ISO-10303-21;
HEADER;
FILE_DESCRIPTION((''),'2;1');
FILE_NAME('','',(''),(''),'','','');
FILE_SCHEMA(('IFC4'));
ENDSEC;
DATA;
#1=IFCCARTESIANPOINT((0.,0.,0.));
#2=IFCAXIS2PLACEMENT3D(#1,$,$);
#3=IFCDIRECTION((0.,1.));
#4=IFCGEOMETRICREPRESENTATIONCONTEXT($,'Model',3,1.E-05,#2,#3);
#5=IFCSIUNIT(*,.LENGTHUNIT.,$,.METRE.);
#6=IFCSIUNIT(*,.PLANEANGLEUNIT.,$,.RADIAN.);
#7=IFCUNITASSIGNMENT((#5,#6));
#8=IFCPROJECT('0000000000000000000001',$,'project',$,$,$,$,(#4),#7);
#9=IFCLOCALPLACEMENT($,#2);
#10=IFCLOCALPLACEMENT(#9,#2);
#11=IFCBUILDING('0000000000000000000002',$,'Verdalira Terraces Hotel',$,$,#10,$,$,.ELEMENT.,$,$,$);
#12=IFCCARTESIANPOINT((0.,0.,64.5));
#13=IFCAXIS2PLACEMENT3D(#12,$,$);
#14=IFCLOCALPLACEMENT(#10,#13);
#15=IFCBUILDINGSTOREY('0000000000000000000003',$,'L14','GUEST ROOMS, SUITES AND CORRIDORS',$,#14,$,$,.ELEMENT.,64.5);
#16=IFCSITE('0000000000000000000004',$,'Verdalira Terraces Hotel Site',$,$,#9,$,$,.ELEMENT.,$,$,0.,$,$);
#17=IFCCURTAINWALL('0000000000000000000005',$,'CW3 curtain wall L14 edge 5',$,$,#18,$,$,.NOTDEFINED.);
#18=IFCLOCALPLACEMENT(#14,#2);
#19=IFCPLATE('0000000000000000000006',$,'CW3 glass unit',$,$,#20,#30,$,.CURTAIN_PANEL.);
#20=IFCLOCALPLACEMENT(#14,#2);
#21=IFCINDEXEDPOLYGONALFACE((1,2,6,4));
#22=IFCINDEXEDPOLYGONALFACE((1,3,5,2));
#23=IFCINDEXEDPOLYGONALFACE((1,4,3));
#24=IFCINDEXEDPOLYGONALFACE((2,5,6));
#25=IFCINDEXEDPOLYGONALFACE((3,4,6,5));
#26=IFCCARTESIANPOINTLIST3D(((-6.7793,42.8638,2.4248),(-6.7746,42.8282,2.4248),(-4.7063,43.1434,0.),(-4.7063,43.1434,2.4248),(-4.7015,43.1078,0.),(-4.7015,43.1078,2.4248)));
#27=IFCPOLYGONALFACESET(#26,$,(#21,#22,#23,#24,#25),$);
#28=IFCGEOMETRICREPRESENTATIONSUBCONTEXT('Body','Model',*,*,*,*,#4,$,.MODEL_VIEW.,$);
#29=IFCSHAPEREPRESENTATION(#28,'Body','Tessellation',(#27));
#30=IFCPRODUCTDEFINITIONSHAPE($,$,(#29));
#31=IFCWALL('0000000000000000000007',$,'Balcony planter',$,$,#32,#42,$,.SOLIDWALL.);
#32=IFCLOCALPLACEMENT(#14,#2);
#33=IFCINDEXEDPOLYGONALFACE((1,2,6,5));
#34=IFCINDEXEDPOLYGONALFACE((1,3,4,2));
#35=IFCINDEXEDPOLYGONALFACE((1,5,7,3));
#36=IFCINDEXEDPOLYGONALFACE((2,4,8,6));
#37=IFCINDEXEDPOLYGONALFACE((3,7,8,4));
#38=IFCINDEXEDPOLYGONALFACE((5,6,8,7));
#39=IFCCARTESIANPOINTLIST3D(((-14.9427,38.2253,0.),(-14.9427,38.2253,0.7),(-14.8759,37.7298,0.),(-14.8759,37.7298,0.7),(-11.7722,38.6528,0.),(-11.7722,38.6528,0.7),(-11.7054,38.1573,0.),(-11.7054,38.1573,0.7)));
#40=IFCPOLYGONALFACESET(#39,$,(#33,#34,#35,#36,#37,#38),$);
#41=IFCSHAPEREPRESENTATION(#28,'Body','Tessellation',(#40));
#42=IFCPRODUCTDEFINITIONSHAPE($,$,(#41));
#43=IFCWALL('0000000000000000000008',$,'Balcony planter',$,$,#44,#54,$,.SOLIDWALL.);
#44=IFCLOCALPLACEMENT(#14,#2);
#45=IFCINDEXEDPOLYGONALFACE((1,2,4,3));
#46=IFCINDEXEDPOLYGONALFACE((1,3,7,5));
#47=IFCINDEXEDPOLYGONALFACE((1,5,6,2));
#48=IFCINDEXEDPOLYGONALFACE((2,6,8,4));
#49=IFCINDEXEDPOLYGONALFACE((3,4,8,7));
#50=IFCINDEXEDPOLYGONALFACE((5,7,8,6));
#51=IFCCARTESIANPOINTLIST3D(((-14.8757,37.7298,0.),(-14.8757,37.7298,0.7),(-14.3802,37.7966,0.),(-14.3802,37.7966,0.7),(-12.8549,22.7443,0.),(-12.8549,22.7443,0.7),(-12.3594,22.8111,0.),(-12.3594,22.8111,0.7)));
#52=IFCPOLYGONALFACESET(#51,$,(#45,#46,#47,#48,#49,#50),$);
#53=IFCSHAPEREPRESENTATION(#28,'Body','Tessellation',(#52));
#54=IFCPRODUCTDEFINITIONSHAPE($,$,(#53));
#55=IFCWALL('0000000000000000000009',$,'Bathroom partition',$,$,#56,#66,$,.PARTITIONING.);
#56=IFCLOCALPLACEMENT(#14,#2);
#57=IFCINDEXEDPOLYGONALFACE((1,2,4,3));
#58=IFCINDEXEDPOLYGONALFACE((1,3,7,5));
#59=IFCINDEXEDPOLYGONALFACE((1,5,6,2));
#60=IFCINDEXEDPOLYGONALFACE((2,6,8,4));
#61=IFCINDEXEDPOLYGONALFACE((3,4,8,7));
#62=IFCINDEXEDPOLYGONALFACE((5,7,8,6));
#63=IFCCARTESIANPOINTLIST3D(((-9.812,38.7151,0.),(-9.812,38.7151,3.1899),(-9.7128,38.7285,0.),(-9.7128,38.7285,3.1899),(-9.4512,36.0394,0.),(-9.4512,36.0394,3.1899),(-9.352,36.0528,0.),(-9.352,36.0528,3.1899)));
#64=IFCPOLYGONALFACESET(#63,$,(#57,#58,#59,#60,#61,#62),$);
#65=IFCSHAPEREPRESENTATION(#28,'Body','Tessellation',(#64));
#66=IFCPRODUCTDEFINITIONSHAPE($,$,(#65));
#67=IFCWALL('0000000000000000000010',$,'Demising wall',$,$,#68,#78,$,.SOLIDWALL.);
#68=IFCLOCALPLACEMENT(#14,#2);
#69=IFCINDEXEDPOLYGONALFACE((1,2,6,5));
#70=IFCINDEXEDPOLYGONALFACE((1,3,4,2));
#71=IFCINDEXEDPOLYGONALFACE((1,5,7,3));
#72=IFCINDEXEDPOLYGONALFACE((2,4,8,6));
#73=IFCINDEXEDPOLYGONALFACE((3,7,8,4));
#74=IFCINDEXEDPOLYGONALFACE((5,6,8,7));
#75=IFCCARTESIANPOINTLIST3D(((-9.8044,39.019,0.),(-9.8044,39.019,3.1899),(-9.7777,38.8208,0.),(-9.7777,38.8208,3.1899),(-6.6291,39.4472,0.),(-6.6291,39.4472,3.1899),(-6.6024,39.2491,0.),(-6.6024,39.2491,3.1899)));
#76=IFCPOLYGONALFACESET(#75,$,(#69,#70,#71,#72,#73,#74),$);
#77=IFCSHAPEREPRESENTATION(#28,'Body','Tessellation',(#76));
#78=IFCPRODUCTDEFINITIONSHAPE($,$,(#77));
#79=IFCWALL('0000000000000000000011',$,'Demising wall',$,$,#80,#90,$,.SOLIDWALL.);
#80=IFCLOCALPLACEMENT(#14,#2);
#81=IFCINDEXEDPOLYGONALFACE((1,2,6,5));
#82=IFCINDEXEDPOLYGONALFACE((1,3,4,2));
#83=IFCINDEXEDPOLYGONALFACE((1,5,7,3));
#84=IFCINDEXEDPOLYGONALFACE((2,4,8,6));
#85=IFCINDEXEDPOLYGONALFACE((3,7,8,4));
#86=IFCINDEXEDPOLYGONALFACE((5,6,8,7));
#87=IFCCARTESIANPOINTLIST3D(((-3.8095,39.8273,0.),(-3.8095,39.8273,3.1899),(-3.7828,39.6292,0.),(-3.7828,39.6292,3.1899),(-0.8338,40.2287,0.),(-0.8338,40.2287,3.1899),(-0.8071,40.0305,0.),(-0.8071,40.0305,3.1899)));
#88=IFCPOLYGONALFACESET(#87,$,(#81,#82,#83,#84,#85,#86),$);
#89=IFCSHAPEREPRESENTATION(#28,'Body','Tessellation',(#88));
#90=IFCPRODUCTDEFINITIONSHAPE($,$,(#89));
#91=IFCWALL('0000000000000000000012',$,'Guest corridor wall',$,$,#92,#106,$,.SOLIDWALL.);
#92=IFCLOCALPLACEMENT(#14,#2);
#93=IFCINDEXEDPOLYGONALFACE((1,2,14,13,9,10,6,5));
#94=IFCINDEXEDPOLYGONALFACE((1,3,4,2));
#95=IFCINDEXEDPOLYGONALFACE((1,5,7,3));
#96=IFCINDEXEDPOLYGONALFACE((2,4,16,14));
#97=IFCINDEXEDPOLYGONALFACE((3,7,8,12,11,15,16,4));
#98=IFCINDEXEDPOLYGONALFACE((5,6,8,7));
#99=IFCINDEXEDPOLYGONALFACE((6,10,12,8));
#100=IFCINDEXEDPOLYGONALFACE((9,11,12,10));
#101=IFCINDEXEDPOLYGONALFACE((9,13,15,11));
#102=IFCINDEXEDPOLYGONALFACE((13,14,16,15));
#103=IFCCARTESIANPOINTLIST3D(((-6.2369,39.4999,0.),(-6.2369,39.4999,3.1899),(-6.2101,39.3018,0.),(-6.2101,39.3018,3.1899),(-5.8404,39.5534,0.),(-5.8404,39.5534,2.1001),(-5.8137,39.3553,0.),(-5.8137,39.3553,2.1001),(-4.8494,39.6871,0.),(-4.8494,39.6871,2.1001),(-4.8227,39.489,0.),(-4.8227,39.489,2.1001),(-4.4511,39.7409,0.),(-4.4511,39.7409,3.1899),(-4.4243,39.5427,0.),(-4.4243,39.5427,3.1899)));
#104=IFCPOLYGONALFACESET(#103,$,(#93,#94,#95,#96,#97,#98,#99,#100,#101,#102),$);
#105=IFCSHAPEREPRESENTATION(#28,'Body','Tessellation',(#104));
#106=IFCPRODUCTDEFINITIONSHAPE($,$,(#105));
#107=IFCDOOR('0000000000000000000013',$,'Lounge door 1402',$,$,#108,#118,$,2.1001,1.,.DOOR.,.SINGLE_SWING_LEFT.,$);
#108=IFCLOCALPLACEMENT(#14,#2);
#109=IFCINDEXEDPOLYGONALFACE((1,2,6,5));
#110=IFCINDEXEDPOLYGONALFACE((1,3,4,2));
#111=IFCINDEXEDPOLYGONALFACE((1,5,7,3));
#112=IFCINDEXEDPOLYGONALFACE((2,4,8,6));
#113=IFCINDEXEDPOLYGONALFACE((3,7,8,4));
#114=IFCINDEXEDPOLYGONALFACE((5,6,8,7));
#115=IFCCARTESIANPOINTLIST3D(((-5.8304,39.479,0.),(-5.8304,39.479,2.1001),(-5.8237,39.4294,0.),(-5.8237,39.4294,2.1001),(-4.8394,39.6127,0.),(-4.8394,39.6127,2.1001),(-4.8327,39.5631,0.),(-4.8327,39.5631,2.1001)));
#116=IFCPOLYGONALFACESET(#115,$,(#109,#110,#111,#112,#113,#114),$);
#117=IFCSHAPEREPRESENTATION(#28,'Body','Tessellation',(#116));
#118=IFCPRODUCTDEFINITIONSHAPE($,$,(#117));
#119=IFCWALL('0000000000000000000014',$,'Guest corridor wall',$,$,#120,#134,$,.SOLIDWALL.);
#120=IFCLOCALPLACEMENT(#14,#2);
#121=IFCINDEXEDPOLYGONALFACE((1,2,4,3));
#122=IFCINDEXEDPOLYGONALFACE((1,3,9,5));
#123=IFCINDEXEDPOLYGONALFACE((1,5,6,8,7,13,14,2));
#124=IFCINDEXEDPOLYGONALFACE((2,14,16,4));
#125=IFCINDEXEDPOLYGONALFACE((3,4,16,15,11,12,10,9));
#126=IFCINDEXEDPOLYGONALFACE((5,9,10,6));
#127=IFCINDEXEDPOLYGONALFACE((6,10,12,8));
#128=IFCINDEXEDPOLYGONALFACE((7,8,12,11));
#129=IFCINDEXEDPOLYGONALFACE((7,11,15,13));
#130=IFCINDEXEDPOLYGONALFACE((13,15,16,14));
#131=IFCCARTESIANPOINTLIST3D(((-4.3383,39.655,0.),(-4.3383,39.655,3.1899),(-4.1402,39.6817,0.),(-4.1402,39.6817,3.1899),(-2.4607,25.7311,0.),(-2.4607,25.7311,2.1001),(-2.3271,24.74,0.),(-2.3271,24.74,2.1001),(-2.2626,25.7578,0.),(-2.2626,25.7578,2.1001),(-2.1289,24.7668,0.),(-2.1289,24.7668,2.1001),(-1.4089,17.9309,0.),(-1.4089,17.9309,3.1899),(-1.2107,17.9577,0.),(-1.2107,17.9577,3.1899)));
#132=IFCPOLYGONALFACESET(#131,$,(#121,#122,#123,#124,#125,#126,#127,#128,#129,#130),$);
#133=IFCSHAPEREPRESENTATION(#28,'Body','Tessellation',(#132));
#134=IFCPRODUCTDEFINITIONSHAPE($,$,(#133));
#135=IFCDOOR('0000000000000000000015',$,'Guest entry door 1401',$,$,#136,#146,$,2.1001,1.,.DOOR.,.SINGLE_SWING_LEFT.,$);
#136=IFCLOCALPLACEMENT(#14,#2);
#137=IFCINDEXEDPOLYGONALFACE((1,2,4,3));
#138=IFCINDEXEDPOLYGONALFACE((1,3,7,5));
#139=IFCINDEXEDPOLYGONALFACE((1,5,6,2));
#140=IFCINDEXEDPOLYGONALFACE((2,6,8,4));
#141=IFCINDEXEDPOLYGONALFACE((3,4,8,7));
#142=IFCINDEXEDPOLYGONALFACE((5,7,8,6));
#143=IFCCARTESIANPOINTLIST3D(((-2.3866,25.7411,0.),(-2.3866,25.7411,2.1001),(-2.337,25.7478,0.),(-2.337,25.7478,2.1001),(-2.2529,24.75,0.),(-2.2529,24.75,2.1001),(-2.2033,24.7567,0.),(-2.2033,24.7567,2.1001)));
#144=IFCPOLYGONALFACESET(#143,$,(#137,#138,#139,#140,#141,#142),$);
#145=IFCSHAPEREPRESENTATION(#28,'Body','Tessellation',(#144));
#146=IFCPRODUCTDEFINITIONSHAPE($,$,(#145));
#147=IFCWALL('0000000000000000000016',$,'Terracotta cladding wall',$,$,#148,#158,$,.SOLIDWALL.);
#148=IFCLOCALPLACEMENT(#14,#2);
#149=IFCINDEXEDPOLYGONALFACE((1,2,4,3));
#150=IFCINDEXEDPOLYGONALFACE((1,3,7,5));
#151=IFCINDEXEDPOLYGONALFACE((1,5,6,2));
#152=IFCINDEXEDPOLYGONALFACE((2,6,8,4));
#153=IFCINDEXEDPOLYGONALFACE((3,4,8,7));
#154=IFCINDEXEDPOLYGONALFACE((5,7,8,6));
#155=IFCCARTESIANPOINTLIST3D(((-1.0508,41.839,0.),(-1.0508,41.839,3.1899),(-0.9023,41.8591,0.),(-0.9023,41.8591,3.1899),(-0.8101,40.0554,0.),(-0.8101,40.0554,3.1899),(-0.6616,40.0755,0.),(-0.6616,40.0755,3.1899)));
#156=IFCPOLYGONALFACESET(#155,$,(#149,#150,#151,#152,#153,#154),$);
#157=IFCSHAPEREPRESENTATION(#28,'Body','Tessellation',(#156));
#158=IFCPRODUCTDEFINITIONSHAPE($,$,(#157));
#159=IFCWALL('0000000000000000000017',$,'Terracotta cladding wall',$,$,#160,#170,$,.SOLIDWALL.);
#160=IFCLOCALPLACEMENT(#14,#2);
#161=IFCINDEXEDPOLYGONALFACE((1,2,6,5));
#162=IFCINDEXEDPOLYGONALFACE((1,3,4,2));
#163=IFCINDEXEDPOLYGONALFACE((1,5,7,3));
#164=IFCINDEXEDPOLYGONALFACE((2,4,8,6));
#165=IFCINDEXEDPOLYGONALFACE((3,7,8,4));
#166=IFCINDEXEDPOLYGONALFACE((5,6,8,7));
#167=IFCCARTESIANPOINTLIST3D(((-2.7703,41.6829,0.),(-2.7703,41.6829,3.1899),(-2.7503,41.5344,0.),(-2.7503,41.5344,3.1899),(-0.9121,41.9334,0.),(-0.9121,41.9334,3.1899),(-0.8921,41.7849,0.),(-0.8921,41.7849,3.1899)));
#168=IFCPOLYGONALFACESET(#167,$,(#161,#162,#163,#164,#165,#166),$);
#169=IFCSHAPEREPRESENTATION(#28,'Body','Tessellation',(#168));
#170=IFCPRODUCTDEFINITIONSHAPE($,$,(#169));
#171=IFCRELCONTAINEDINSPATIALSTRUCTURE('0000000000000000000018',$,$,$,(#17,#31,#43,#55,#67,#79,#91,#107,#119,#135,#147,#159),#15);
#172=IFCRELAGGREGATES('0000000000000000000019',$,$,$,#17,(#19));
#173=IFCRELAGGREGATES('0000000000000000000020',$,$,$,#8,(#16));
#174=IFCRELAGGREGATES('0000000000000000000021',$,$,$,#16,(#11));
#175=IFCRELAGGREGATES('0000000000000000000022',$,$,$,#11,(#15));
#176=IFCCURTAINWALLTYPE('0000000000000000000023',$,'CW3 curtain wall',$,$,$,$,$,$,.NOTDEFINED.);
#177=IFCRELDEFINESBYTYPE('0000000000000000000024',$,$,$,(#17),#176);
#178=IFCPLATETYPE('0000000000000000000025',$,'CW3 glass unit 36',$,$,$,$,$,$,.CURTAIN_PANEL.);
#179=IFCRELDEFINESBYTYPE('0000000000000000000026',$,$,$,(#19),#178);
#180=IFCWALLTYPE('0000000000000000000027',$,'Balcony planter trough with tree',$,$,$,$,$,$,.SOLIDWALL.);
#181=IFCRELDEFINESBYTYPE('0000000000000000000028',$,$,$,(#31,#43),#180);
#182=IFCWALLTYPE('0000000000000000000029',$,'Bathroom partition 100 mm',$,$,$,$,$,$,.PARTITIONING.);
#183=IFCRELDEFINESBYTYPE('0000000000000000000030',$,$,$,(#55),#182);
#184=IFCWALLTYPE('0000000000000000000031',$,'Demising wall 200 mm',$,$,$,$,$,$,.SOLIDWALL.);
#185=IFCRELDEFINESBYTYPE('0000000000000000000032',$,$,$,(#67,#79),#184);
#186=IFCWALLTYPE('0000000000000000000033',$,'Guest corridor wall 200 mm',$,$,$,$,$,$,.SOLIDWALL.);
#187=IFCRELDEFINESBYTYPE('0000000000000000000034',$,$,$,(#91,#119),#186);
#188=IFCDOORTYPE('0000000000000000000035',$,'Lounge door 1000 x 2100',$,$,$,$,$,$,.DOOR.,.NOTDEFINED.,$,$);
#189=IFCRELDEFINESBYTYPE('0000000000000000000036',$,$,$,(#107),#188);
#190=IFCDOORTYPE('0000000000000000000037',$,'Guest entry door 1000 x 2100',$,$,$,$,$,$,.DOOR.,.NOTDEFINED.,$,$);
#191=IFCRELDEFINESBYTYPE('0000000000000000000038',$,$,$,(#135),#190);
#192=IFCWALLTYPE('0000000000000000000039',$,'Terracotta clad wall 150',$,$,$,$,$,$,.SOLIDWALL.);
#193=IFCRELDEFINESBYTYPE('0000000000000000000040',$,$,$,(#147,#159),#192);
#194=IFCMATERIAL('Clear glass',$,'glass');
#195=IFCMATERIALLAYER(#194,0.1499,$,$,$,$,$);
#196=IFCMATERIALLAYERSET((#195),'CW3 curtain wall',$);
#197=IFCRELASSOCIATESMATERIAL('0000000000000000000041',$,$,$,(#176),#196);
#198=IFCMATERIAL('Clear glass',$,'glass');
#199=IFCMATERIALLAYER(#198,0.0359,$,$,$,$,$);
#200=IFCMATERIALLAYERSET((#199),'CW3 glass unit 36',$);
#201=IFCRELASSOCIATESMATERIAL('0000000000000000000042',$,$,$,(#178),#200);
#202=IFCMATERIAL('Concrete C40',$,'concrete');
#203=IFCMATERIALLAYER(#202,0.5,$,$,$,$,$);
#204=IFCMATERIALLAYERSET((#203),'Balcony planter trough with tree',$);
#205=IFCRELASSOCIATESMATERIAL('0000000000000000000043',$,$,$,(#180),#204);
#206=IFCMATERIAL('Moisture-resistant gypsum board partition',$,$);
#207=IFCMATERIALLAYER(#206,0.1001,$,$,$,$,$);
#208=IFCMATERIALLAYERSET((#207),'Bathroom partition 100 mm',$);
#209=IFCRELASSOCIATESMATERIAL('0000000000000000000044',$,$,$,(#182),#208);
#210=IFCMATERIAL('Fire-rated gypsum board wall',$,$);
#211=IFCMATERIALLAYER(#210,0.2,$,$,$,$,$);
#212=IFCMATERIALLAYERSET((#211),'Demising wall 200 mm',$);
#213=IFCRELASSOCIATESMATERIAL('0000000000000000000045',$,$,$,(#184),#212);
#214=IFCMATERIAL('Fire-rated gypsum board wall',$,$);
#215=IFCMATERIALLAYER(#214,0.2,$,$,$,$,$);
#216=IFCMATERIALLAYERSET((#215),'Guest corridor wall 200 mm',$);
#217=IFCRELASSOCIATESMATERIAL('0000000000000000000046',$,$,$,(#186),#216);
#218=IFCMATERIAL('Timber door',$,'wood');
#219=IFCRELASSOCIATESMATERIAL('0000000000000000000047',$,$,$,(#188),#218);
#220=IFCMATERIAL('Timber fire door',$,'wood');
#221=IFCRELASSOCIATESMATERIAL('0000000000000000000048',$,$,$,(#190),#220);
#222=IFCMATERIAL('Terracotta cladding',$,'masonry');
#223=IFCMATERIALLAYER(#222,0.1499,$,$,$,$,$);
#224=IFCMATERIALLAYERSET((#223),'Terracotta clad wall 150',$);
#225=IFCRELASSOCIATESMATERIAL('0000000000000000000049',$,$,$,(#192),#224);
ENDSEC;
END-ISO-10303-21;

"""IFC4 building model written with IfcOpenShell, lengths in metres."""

from ifc_helpers import new_model, si_unit, direction, frame, frame_2d, origin, place, context, subcontext, project, spatial, polyline, rectangle, outline, extrude, material, layer, layer_set, type_object, element, fill, aggregate, save


model = new_model("IFC4")

# Units and contexts
model_context = context("Model", 3, precision=1e-05, world=origin(), true_north=direction((0.0, 1.0)))
body_context = subcontext(model_context, "Body", "Model", "MODEL_VIEW")
ifc_project = project(units=[si_unit("LENGTHUNIT", "METRE"), si_unit("PLANEANGLEUNIT", "RADIAN")], contexts=[model_context])

# Site, building, storey
site_placement = place(None, origin())
site = spatial("IfcSite", under=ifc_project, at=site_placement, Name="Verdalira Terraces Hotel Site", CompositionType="ELEMENT", RefElevation=0.0)
building_placement = place(site_placement, origin())
building = spatial("IfcBuilding", under=site, at=building_placement, Name="Verdalira Terraces Hotel", CompositionType="ELEMENT")
storey_placement = place(building_placement, frame((0.0, 0.0, 64.5)))
storey = spatial("IfcBuildingStorey", under=building, at=storey_placement, Name="L14", Description="GUEST ROOMS, SUITES AND CORRIDORS", CompositionType="ELEMENT", Elevation=64.5)

# Curtain wall
ifc_material_1 = material(Name="Clear glass", Category="glass")
ifc_layer_1 = layer(ifc_material_1, 0.1499)
ifc_layer_set_1 = layer_set([ifc_layer_1], Name="CW3 curtain wall")
curtain_wall_type_1 = type_object("IfcCurtainWallType", Name="CW3 curtain wall", PredefinedType="NOTDEFINED", material=ifc_layer_set_1)
curtain_wall_1_placement = place(storey_placement, origin())
curtain_wall_1 = element("IfcCurtainWall", 1, at=curtain_wall_1_placement, inside=storey, type_object=curtain_wall_type_1, Name="CW3 curtain wall L14 edge 5", PredefinedType="NOTDEFINED")

# Plate
ifc_material_2 = material(Name="Clear glass", Category="glass")
ifc_layer_2 = layer(ifc_material_2, 0.0359)
ifc_layer_set_2 = layer_set([ifc_layer_2], Name="CW3 glass unit 36")
plate_type = type_object("IfcPlateType", Name="CW3 glass unit 36", PredefinedType="CURTAIN_PANEL", material=ifc_layer_set_2)
plate_1_placement = place(storey_placement, frame((-5.738, 42.968, 1.2124), z_axis=(-0.13364, 0.99103, 0.0), x_axis=(-0.99103, -0.13364, 0.0)))
plate_1 = element("IfcPlate", 2, at=plate_1_placement, type_object=plate_type, Name="CW3 glass unit", PredefinedType="CURTAIN_PANEL", context=body_context, shape_type="SweptSolid", body=[
    extrude(outline(polyline([(-1.0459, -1.2124), (1.0459, 1.2124), (-1.0459, 1.2124), (-1.0459, -1.2124)])), origin(), (0.0, 0.0, 1.0), 0.0359),
])
aggregate(curtain_wall_1, [plate_1])

# Walls
ifc_material_3 = material(Name="Concrete C40", Category="concrete")
ifc_layer_3 = layer(ifc_material_3, 0.5)
ifc_layer_set_3 = layer_set([ifc_layer_3], Name="Balcony planter trough with tree")
wall_type_1 = type_object("IfcWallType", Name="Balcony planter trough with tree", PredefinedType="SOLIDWALL", material=ifc_layer_set_3)
wall_1_placement = place(storey_placement, frame((-11.7388, 38.405, 0.0), z_axis=(0.0, 0.0, 1.0), x_axis=(-0.991032, -0.133628, 0.0)))
element("IfcWall", 3, at=wall_1_placement, inside=storey, type_object=wall_type_1, Name="Balcony planter", PredefinedType="SOLIDWALL", context=body_context, shape_type="SweptSolid", body=[
    extrude(rectangle(XDim=3.1992, YDim=0.5, at=frame_2d((1.5996, 0.0))), origin(), (0.0, 0.0, 1.0), 0.7),
])
wall_2_placement = place(storey_placement, frame((-14.6279, 37.7632, 0.0), z_axis=(0.0, 0.0, 1.0), x_axis=(0.133639, -0.99103, 0.0)))
element("IfcWall", 4, at=wall_2_placement, inside=storey, type_object=wall_type_1, Name="Balcony planter", PredefinedType="SOLIDWALL", context=body_context, shape_type="SweptSolid", body=[
    extrude(rectangle(XDim=15.1211, YDim=0.5, at=frame_2d((7.5605, 0.0))), origin(), (0.0, 0.0, 1.0), 0.7),
])
ifc_material_4 = material(Name="Moisture-resistant gypsum board partition")
ifc_layer_4 = layer(ifc_material_4, 0.1001)
ifc_layer_set_4 = layer_set([ifc_layer_4], Name="Bathroom partition 100 mm")
wall_type_2 = type_object("IfcWallType", Name="Bathroom partition 100 mm", PredefinedType="PARTITIONING", material=ifc_layer_set_4)
wall_3_placement = place(storey_placement, frame((-9.7625, 38.7219, 0.0), z_axis=(0.0, 0.0, 1.0), x_axis=(0.133644, -0.991029, 0.0)))
element("IfcWall", 5, at=wall_3_placement, inside=storey, type_object=wall_type_2, Name="Bathroom partition", PredefinedType="PARTITIONING", context=body_context, shape_type="SweptSolid", body=[
    extrude(rectangle(XDim=2.7, YDim=0.1001, at=frame_2d((1.3501, 0.0))), origin(), (0.0, 0.0, 1.0), 3.1899),
])
ifc_material_5 = material(Name="Fire-rated gypsum board wall")
ifc_layer_5 = layer(ifc_material_5, 0.2)
ifc_layer_set_5 = layer_set([ifc_layer_5], Name="Demising wall 200 mm")
wall_type_3 = type_object("IfcWallType", Name="Demising wall 200 mm", PredefinedType="SOLIDWALL", material=ifc_layer_set_5)
wall_4_placement = place(storey_placement, frame((-6.6157, 39.3481, 0.0), z_axis=(0.0, 0.0, 1.0), x_axis=(-0.991028, -0.133651, 0.0)))
element("IfcWall", 6, at=wall_4_placement, inside=storey, type_object=wall_type_3, Name="Demising wall", PredefinedType="SOLIDWALL", context=body_context, shape_type="SweptSolid", body=[
    extrude(rectangle(XDim=3.2041, YDim=0.2, at=frame_2d((1.6021, 0.0))), origin(), (0.0, 0.0, 1.0), 3.1899),
])
wall_5_placement = place(storey_placement, frame((-0.8203, 40.1296, 0.0), z_axis=(0.0, 0.0, 1.0), x_axis=(-0.991027, -0.133665, 0.0)))
element("IfcWall", 7, at=wall_5_placement, inside=storey, type_object=wall_type_3, Name="Demising wall", PredefinedType="SOLIDWALL", context=body_context, shape_type="SweptSolid", body=[
    extrude(rectangle(XDim=3.0027, YDim=0.2, at=frame_2d((1.5015, 0.0))), origin(), (0.0, 0.0, 1.0), 3.1899),
])

# Walls, openings, doors
ifc_material_6 = material(Name="Fire-rated gypsum board wall")
ifc_layer_6 = layer(ifc_material_6, 0.2)
ifc_layer_set_6 = layer_set([ifc_layer_6], Name="Guest corridor wall 200 mm")
wall_type_4 = type_object("IfcWallType", Name="Guest corridor wall 200 mm", PredefinedType="SOLIDWALL", material=ifc_layer_set_6)
wall_6_placement = place(storey_placement, frame((-6.2234, 39.4009, 0.0), z_axis=(0.0, 0.0, 1.0), x_axis=(0.99102, 0.133717, 0.0)))
wall_6 = element("IfcWall", 8, at=wall_6_placement, inside=storey, type_object=wall_type_4, Name="Guest corridor wall", PredefinedType="SOLIDWALL", context=body_context, shape_type="SweptSolid", body=[
    extrude(rectangle(XDim=1.802, YDim=0.2, at=frame_2d((0.9009, 0.0))), origin(), (0.0, 0.0, 1.0), 3.1899),
])
opening_1_placement = place(wall_6_placement, frame((0.3999, 0.0, 0.0)))
opening_1 = element("IfcOpeningElement", 9, at=opening_1_placement, cuts=wall_6, PredefinedType="OPENING", context=body_context, shape_type="SweptSolid", body=[
    extrude(rectangle(XDim=1.0, YDim=2.1001, at=frame_2d((0.5, 1.05))), frame((0.0, 0.1099, 0.0), z_axis=(0.0, -1.0, 0.0), x_axis=(1.0, 0.0, 0.0)), (0.0, 0.0, 1.0), 0.22),
])
ifc_material_7 = material(Name="Timber door", Category="wood")
door_type_1 = type_object("IfcDoorType", Name="Lounge door 1000 x 2100", OperationType="NOTDEFINED", PredefinedType="DOOR", material=ifc_material_7)
door_1_placement = place(opening_1_placement, origin())
door_1 = element("IfcDoor", 10, at=door_1_placement, inside=storey, type_object=door_type_1, Name="Lounge door 1402", OperationType="SINGLE_SWING_LEFT", OverallHeight=2.1001, OverallWidth=1.0, PredefinedType="DOOR", context=body_context, shape_type="SweptSolid", body=[
    extrude(rectangle(XDim=1.0, YDim=2.1001, at=frame_2d((0.5, 1.05))), frame((0.0, 0.0249, 0.0), z_axis=(0.0, -1.0, 0.0), x_axis=(1.0, 0.0, 0.0)), (0.0, 0.0, 1.0), 0.05),
])
fill(opening_1, door_1)
wall_7_placement = place(storey_placement, frame((-4.2393, 39.6685, 0.0), z_axis=(0.0, 0.0, 1.0), x_axis=(0.133638, -0.99103, 0.0)))
wall_7 = element("IfcWall", 11, at=wall_7_placement, inside=storey, type_object=wall_type_4, Name="Guest corridor wall", PredefinedType="SOLIDWALL", context=body_context, shape_type="SweptSolid", body=[
    extrude(rectangle(XDim=21.9207, YDim=0.2, at=frame_2d((10.9604, 0.0))), origin(), (0.0, 0.0, 1.0), 3.1899),
])
opening_2_placement = place(wall_7_placement, frame((14.05, 0.0, 0.0)))
opening_2 = element("IfcOpeningElement", 12, at=opening_2_placement, cuts=wall_7, PredefinedType="OPENING", context=body_context, shape_type="SweptSolid", body=[
    extrude(rectangle(XDim=1.0, YDim=2.1001, at=frame_2d((0.5, 1.05))), frame((0.0, 0.1099, 0.0), z_axis=(0.0, -1.0, 0.0), x_axis=(1.0, 0.0, 0.0)), (0.0, 0.0, 1.0), 0.22),
])
ifc_material_8 = material(Name="Timber fire door", Category="wood")
door_type_2 = type_object("IfcDoorType", Name="Guest entry door 1000 x 2100", OperationType="NOTDEFINED", PredefinedType="DOOR", material=ifc_material_8)
door_2_placement = place(opening_2_placement, origin())
door_2 = element("IfcDoor", 13, at=door_2_placement, inside=storey, type_object=door_type_2, Name="Guest entry door 1401", OperationType="SINGLE_SWING_LEFT", OverallHeight=2.1001, OverallWidth=1.0, PredefinedType="DOOR", context=body_context, shape_type="SweptSolid", body=[
    extrude(rectangle(XDim=1.0, YDim=2.1001, at=frame_2d((0.5, 1.05))), frame((0.0, 0.0249, 0.0), z_axis=(0.0, -1.0, 0.0), x_axis=(1.0, 0.0, 0.0)), (0.0, 0.0, 1.0), 0.05),
])
fill(opening_2, door_2)

# Walls
ifc_material_9 = material(Name="Terracotta cladding", Category="masonry")
ifc_layer_7 = layer(ifc_material_9, 0.1499)
ifc_layer_set_7 = layer_set([ifc_layer_7], Name="Terracotta clad wall 150")
wall_type_5 = type_object("IfcWallType", Name="Terracotta clad wall 150", PredefinedType="SOLIDWALL", material=ifc_layer_set_7)
wall_8_placement = place(storey_placement, frame((-0.7358, 40.0654, 0.0), z_axis=(0.0, 0.0, 1.0), x_axis=(-0.133745, 0.991016, 0.0)))
element("IfcWall", 14, at=wall_8_placement, inside=storey, type_object=wall_type_5, Name="Terracotta cladding wall", PredefinedType="SOLIDWALL", context=body_context, shape_type="SweptSolid", body=[
    extrude(rectangle(XDim=1.7998, YDim=0.1499, at=frame_2d((0.8999, 0.0))), origin(), (0.0, 0.0, 1.0), 3.1899),
])
for number, where, z_axis, x_axis, name in (
    (15, (-0.9021, 41.8591, 0.0), (0.0, 0.0, 1.0), (-0.991036, -0.133596, 0.0), "Terracotta cladding wall"),
):
    element("IfcWall", number, at=place(storey_placement, frame(where, z_axis=z_axis, x_axis=x_axis)), inside=storey, type_object=wall_type_5, Name=name, PredefinedType="SOLIDWALL", context=body_context, shape_type="SweptSolid", body=[
        extrude(rectangle(XDim=1.875, YDim=0.1499, at=frame_2d((0.9375, 0.0))), origin(), (0.0, 0.0, 1.0), 3.1899),
    ])

save(model, "model.ifc")
